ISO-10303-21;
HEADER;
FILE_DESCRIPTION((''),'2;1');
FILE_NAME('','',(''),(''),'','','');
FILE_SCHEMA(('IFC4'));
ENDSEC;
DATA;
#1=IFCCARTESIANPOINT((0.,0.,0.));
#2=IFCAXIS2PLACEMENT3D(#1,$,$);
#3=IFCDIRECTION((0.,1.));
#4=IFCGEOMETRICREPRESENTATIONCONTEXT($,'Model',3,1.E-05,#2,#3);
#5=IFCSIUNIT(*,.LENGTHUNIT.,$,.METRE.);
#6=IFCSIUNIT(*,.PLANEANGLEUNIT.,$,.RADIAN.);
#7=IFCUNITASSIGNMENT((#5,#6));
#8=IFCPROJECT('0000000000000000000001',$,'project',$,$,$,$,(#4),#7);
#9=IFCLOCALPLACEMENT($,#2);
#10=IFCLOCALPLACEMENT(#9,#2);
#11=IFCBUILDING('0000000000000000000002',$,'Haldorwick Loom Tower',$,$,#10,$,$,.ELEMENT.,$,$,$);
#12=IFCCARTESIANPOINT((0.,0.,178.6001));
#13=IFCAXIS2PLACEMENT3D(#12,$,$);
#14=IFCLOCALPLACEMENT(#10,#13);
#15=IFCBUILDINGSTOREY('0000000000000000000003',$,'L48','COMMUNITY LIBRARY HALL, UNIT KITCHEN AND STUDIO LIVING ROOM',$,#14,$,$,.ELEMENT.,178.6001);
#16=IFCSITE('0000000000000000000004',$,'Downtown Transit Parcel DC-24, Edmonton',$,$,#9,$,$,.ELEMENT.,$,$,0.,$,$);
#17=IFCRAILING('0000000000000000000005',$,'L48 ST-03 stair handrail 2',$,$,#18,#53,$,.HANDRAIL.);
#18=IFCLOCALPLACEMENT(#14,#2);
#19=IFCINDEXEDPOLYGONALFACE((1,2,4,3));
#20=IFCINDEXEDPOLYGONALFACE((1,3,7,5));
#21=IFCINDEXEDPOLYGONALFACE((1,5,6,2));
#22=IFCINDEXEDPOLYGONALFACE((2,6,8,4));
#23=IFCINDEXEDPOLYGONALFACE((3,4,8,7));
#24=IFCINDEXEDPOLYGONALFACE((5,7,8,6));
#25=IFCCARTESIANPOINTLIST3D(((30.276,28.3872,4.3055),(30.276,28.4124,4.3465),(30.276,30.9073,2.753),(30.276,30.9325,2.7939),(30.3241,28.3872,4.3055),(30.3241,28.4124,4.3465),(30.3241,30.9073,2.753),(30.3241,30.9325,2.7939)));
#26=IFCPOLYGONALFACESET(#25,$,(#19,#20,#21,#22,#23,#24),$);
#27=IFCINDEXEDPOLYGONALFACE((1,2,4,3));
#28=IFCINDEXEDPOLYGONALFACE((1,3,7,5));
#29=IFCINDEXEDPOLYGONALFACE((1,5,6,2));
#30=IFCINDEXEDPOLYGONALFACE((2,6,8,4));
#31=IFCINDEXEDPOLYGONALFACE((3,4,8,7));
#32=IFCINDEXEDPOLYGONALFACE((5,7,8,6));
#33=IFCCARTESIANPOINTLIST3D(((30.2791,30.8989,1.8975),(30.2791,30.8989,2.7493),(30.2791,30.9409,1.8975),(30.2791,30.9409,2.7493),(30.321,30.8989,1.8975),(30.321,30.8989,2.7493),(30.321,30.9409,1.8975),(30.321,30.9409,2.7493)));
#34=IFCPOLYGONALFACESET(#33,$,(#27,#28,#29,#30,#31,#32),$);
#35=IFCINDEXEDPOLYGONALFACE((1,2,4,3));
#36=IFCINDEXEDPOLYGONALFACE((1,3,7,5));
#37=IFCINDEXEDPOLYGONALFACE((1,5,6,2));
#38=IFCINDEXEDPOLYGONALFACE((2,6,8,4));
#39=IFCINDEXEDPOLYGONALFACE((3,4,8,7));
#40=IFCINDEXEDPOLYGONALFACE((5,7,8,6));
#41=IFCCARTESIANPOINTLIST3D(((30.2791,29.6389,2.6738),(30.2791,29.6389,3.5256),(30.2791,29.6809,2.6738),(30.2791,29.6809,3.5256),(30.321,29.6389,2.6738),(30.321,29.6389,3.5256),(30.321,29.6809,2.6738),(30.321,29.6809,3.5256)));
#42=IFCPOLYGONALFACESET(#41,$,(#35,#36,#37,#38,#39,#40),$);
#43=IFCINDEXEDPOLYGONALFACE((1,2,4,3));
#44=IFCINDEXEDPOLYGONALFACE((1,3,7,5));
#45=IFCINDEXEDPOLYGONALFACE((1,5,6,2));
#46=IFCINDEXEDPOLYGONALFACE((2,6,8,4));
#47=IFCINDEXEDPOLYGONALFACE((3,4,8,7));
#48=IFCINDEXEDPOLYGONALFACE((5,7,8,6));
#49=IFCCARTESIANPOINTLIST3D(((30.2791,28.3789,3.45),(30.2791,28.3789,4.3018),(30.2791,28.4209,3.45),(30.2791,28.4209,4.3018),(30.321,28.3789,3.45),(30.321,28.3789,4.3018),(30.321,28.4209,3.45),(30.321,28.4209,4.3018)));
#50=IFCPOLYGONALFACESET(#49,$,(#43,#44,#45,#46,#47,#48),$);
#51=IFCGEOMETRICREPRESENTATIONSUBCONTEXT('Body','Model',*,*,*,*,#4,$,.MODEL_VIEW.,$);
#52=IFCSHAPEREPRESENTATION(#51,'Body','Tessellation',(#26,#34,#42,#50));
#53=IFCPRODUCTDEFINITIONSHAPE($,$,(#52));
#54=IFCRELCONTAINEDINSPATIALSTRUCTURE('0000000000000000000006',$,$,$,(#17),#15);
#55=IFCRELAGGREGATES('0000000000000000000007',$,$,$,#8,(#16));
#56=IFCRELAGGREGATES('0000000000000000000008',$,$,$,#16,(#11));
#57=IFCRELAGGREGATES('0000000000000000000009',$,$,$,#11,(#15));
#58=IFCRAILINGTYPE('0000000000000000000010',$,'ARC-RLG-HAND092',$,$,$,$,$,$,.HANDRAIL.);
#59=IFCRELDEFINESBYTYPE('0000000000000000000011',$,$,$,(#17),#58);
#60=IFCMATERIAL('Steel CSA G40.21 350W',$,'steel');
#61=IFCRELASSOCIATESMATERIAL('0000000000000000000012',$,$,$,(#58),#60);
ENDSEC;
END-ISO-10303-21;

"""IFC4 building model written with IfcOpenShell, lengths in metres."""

from ifc_helpers import new_model, si_unit, direction, frame, origin, origin_2d, place, context, subcontext, project, spatial, rectangle, extrude, material, type_object, element, save


model = new_model("IFC4")

# Units and contexts
model_context = context("Model", 3, precision=1e-05, world=origin(), true_north=direction((0.0, 1.0)))
body_context = subcontext(model_context, "Body", "Model", "MODEL_VIEW")
ifc_project = project(units=[si_unit("LENGTHUNIT", "METRE"), si_unit("PLANEANGLEUNIT", "RADIAN")], contexts=[model_context])

# Site, building, storey
site_placement = place(None, origin())
site = spatial("IfcSite", under=ifc_project, at=site_placement, Name="Downtown Transit Parcel DC-24, Edmonton", CompositionType="ELEMENT", RefElevation=0.0)
building_placement = place(site_placement, origin())
building = spatial("IfcBuilding", under=site, at=building_placement, Name="Haldorwick Loom Tower", CompositionType="ELEMENT")
storey_placement = place(building_placement, frame((0.0, 0.0, 178.6001)))
storey = spatial("IfcBuildingStorey", under=building, at=storey_placement, Name="L48", Description="COMMUNITY LIBRARY HALL, UNIT KITCHEN AND STUDIO LIVING ROOM", CompositionType="ELEMENT", Elevation=178.6001)

# Shared definitions
ifc_material_1 = material(Name="Steel CSA G40.21 350W", Category="steel")

# Railing
railing_type_1 = type_object("IfcRailingType", Name="ARC-RLG-HAND092", PredefinedType="HANDRAIL", material=ifc_material_1)
railing_1_placement = place(storey_placement, frame((30.3, 30.9199, 1.8975)))
element("IfcRailing", 1, at=railing_1_placement, inside=storey, type_object=railing_type_1, Name="L48 ST-03 stair handrail 2", PredefinedType="HANDRAIL", context=body_context, shape_type="SweptSolid", body=[
    extrude(rectangle(XDim=0.0481, YDim=0.0481, at=origin_2d()), frame((0.0, 0.0, 0.876), z_axis=(0.0, -0.8514, 0.524516), x_axis=(1.0, 0.0, 0.0)), (0.0, 0.0, 1.0), 2.96),
    extrude(rectangle(XDim=0.042, YDim=0.042, at=origin_2d()), origin(), (0.0, 0.0, 1.0), 0.8518),
    extrude(rectangle(XDim=0.042, YDim=0.042, at=origin_2d()), frame((0.0, -1.26, 0.7764)), (0.0, 0.0, 1.0), 0.8518),
    extrude(rectangle(XDim=0.042, YDim=0.042, at=origin_2d()), frame((0.0, -2.52, 1.5525)), (0.0, 0.0, 1.0), 0.8518),
])

save(model, "model.ifc")
